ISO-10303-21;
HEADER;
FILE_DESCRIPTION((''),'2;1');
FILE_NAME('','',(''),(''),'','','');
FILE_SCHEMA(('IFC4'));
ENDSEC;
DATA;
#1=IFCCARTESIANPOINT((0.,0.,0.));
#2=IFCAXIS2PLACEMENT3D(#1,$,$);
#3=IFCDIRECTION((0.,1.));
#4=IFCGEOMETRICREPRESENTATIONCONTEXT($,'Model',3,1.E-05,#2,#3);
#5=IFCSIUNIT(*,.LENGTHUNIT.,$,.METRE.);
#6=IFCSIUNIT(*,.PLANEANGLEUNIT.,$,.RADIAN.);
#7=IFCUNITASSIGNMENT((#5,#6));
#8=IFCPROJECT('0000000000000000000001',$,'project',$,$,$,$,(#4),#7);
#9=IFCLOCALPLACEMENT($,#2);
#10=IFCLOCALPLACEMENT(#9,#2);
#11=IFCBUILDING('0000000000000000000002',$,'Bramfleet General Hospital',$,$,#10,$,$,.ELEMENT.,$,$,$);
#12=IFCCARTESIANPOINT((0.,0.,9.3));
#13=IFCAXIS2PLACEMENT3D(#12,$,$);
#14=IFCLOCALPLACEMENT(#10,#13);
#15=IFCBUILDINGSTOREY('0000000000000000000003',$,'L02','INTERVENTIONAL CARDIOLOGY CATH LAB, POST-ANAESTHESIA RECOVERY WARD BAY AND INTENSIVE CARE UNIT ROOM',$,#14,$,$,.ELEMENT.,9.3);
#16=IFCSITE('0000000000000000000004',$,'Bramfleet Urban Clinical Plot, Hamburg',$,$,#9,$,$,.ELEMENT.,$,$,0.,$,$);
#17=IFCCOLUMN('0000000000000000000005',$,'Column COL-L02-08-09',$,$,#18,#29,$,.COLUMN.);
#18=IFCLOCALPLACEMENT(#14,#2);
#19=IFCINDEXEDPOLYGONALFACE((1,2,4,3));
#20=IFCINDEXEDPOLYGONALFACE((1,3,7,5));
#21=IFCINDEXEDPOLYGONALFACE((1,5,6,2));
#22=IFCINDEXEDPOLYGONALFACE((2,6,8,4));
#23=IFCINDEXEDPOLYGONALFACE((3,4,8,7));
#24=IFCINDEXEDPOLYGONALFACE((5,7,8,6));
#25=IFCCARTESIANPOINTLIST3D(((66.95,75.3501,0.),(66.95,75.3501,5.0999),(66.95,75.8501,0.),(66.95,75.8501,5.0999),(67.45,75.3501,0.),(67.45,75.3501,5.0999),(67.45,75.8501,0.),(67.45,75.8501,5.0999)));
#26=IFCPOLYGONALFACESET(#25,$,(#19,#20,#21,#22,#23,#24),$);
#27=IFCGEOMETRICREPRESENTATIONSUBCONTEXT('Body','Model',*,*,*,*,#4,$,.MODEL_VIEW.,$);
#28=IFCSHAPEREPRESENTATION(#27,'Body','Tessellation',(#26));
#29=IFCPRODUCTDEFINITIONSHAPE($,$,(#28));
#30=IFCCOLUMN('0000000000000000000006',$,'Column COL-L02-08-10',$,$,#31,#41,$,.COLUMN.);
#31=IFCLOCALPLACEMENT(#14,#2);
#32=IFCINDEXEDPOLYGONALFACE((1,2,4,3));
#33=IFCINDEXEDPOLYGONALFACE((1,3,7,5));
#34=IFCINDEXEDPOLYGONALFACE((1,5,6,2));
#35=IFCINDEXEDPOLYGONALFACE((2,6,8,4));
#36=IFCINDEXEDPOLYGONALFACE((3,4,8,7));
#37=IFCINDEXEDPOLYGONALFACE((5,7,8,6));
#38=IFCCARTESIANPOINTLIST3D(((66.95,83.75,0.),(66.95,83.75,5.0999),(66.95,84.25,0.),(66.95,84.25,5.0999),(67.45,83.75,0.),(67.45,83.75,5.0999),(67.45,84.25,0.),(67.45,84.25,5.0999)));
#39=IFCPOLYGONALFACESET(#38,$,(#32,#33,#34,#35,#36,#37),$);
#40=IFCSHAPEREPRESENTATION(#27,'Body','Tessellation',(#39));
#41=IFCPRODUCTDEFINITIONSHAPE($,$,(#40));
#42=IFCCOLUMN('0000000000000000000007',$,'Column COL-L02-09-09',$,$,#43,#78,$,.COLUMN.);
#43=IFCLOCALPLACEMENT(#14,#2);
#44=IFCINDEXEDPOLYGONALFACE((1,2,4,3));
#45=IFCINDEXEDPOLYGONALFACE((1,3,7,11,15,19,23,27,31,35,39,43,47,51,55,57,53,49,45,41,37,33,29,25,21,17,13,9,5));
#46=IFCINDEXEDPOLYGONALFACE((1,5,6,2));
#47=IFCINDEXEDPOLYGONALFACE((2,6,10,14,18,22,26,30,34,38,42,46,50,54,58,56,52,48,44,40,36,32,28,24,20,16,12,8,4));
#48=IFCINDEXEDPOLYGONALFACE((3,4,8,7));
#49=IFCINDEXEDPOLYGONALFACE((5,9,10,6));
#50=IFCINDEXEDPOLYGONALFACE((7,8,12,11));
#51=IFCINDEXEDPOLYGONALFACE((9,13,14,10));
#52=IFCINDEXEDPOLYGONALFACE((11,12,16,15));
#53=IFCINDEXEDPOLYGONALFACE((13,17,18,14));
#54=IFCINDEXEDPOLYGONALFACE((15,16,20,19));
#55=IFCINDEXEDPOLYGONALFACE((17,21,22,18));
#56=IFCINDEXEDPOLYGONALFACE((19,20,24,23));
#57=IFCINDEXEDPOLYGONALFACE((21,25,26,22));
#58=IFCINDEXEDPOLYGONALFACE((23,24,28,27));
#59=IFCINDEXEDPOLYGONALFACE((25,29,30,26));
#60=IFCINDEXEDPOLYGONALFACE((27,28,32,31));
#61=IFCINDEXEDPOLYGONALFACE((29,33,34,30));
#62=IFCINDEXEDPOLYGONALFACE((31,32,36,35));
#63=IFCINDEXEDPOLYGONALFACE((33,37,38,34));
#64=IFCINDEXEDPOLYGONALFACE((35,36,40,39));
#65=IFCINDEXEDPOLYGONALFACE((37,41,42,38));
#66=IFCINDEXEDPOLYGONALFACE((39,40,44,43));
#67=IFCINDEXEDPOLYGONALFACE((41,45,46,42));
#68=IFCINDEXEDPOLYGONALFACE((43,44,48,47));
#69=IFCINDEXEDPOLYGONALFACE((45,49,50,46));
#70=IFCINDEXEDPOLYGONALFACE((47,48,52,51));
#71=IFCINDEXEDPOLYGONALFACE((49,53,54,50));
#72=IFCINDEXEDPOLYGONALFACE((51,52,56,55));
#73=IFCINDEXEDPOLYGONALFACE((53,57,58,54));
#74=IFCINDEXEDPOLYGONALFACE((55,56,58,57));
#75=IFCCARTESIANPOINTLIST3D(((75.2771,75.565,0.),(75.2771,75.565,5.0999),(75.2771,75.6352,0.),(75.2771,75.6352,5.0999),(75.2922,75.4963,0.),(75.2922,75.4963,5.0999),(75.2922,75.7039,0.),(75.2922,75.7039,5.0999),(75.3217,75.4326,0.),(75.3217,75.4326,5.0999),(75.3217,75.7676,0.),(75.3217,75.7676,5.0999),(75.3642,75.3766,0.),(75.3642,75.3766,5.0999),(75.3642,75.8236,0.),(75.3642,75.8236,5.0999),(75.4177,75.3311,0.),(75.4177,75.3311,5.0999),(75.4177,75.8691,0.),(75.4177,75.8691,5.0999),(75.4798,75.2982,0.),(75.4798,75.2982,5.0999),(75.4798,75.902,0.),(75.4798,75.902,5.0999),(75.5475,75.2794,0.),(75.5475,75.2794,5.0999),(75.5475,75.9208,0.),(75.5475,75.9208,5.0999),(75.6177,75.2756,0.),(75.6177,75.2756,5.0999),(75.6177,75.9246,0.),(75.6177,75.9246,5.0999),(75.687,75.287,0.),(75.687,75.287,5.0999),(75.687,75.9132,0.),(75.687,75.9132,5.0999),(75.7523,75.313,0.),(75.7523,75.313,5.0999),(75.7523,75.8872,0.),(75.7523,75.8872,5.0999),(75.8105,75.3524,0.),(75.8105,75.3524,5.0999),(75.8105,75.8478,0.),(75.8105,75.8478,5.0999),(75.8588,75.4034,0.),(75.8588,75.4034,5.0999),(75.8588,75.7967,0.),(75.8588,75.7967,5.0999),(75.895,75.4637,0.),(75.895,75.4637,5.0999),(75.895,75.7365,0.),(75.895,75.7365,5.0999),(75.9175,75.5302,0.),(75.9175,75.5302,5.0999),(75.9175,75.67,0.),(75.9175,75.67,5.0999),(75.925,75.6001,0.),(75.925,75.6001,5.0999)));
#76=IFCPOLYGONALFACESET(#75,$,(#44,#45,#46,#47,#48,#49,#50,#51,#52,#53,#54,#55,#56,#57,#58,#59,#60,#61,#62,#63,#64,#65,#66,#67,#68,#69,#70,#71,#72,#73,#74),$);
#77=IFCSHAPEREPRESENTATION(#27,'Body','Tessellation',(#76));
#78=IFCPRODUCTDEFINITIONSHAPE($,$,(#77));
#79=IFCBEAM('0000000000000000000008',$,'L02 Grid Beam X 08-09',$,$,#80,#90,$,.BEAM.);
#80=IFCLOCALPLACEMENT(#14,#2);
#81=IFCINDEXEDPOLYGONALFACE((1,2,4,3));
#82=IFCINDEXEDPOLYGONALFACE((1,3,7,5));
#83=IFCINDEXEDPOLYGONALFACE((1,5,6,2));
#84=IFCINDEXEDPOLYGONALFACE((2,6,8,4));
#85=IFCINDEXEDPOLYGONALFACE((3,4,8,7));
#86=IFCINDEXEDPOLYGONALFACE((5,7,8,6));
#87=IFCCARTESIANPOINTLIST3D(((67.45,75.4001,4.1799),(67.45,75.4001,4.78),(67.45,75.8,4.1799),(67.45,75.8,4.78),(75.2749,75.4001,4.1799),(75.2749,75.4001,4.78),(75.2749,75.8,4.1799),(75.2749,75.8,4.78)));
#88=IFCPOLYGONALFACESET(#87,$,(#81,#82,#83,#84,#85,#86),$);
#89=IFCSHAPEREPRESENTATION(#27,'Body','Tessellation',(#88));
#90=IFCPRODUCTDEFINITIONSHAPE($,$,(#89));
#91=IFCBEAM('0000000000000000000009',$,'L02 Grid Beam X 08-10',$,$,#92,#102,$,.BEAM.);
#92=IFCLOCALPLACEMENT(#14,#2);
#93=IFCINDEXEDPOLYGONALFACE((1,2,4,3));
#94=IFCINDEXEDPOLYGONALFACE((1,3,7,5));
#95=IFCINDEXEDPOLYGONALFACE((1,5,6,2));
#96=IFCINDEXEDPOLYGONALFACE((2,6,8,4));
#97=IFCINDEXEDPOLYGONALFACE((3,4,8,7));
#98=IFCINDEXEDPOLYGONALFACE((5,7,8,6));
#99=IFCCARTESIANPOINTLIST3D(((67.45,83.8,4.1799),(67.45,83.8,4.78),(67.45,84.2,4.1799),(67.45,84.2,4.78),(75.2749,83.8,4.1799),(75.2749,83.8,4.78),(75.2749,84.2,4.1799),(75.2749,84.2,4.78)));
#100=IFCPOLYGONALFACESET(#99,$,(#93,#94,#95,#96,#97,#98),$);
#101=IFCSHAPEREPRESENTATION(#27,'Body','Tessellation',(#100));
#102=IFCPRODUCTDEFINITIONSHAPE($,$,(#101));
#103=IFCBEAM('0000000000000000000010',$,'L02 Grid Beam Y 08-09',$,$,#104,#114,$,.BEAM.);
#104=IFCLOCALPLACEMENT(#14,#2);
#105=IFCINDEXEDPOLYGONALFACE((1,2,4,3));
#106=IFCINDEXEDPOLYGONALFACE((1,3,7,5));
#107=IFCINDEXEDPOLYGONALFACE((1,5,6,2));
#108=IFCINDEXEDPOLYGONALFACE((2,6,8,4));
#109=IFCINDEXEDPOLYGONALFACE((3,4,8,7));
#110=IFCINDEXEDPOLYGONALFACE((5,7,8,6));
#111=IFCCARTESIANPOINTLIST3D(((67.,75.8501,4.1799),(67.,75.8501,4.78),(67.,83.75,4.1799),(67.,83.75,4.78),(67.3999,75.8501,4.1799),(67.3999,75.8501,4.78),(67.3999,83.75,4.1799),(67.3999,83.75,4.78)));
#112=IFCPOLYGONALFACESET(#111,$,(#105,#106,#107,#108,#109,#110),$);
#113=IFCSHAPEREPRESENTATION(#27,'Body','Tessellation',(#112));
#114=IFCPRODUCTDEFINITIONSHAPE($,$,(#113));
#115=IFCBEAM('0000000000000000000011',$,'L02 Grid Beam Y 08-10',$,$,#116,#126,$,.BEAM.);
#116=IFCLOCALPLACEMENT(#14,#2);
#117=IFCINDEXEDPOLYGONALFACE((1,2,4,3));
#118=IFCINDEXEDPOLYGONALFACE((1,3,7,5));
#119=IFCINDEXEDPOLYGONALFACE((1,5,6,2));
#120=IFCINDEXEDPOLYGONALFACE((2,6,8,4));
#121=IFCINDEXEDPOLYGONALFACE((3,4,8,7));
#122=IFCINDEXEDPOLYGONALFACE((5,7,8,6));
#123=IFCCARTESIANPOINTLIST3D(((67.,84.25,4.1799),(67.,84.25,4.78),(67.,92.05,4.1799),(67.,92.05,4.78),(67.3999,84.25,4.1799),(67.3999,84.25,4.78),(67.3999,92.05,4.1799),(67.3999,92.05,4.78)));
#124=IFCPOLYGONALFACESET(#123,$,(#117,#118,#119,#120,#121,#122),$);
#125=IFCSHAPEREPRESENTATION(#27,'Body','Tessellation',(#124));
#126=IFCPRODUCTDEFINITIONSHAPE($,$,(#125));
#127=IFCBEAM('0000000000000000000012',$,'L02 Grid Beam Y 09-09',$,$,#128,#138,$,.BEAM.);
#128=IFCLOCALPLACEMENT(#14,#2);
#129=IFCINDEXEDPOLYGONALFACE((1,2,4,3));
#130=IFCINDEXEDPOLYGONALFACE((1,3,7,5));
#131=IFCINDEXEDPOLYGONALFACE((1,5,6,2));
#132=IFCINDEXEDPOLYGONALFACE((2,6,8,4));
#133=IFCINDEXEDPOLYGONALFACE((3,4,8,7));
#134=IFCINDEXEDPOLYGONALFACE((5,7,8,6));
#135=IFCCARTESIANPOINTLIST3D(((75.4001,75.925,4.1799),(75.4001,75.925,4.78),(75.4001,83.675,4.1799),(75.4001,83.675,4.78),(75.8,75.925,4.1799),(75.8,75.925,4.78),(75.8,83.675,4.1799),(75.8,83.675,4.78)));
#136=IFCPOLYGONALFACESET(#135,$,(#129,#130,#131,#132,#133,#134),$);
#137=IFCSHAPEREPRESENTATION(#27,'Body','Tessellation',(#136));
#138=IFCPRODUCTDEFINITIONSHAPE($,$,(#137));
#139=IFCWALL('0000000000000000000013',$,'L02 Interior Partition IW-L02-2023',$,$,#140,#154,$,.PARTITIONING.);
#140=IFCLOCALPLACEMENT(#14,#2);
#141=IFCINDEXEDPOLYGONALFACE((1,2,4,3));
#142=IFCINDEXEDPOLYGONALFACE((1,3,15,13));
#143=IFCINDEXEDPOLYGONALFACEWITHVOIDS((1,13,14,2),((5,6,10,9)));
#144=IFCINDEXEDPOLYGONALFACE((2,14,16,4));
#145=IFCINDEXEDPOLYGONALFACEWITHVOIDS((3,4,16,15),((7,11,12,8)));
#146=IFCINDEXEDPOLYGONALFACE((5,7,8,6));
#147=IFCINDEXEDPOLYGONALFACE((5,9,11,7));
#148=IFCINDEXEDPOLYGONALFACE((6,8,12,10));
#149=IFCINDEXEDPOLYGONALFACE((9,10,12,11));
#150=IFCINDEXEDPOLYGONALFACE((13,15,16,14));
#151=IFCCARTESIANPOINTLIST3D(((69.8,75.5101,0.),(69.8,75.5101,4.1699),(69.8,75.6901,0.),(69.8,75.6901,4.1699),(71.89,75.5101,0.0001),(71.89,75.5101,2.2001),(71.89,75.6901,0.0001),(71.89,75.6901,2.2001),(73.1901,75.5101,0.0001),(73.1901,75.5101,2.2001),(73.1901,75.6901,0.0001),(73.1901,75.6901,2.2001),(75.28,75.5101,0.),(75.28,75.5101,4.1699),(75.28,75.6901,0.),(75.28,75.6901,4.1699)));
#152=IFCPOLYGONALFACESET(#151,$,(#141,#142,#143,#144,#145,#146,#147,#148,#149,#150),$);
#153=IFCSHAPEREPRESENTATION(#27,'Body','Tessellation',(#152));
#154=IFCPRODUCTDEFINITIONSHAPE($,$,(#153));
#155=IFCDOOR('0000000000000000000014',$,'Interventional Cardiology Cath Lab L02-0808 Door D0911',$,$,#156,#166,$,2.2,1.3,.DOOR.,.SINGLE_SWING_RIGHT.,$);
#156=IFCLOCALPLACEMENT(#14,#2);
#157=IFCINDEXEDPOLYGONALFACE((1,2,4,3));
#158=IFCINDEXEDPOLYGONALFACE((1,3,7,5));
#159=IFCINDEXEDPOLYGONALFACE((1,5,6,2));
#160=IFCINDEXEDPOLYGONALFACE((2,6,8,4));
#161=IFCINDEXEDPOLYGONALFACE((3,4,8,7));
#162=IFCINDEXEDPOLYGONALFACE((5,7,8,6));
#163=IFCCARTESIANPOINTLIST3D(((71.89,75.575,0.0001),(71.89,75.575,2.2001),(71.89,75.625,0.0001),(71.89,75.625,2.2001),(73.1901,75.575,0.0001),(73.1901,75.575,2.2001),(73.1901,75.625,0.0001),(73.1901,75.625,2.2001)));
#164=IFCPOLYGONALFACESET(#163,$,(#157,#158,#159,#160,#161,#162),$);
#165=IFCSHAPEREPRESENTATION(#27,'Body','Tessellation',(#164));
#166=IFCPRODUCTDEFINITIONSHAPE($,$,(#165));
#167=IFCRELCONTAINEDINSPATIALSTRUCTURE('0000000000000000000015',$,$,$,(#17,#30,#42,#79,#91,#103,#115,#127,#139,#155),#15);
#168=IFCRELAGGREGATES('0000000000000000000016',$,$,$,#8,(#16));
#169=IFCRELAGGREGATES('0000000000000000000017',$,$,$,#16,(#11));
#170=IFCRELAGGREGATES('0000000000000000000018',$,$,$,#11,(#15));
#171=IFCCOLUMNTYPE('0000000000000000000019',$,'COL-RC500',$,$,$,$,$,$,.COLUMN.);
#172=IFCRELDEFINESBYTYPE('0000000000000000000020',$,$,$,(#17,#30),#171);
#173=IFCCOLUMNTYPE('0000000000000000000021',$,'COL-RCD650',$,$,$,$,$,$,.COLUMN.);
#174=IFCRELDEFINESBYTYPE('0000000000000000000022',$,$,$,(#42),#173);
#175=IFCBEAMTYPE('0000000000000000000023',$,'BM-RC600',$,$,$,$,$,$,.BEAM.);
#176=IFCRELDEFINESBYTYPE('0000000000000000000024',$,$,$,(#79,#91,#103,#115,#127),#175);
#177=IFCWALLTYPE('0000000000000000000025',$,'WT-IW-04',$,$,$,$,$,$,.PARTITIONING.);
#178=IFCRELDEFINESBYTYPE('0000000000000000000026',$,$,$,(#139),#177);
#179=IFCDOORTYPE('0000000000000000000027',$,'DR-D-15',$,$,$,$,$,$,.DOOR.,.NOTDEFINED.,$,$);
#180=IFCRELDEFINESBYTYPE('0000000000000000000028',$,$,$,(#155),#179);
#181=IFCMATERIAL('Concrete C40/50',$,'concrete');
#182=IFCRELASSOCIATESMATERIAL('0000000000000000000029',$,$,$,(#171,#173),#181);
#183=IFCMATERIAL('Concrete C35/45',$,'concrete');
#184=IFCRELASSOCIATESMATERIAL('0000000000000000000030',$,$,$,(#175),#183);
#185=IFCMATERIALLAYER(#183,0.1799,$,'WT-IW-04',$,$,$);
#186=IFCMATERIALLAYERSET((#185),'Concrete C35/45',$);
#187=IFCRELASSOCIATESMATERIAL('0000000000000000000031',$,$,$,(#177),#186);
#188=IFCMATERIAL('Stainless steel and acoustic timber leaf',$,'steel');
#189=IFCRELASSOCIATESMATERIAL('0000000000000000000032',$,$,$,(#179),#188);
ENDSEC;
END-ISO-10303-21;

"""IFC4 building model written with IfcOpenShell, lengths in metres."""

from ifc_helpers import new_model, si_unit, direction, frame, frame_2d, origin, origin_2d, place, context, subcontext, project, spatial, rectangle, circle, extrude, material, layer, layer_set, material_profile, profile_set, type_object, element, fill, save


model = new_model("IFC4")

# Units and contexts
model_context = context("Model", 3, precision=1e-05, world=origin(), true_north=direction((0.0, 1.0)))
body_context = subcontext(model_context, "Body", "Model", "MODEL_VIEW")
ifc_project = project(units=[si_unit("LENGTHUNIT", "METRE"), si_unit("PLANEANGLEUNIT", "RADIAN")], contexts=[model_context])

# Site, building, storey
site_placement = place(None, origin())
site = spatial("IfcSite", under=ifc_project, at=site_placement, Name="Bramfleet Urban Clinical Plot, Hamburg", CompositionType="ELEMENT", RefElevation=0.0)
building_placement = place(site_placement, origin())
building = spatial("IfcBuilding", under=site, at=building_placement, Name="Bramfleet General Hospital", CompositionType="ELEMENT")
storey_placement = place(building_placement, frame((0.0, 0.0, 9.3)))
storey = spatial("IfcBuildingStorey", under=building, at=storey_placement, Name="L02", Description="INTERVENTIONAL CARDIOLOGY CATH LAB, POST-ANAESTHESIA RECOVERY WARD BAY AND INTENSIVE CARE UNIT ROOM", CompositionType="ELEMENT", Elevation=9.3)

# Columns
ifc_material_1 = material(Name="Concrete C40/50", Category="concrete")
ifc_material_profile_1 = material_profile(ifc_material_1, rectangle(XDim=0.5, YDim=0.5, at=origin_2d()), Name="RC COL 500x500")
ifc_profile_set_1 = profile_set([ifc_material_profile_1], Name="Concrete C40/50")
column_type_1 = type_object("IfcColumnType", Name="COL-RC500", PredefinedType="COLUMN", material=ifc_profile_set_1)
for number, where, z_axis, x_axis, name in (
    (1, (67.2, 75.6001, 0.0), (0.0, 0.0, 1.0), (1.0, 0.0, 0.0), "Column COL-L02-08-09"),
    (2, (67.2, 84.0, 0.0), (0.0, 0.0, 1.0), (1.0, 0.0, 0.0), "Column COL-L02-08-10"),
):
    element("IfcColumn", number, at=place(storey_placement, frame(where, z_axis=z_axis, x_axis=x_axis)), inside=storey, type_object=column_type_1, Name=name, PredefinedType="COLUMN", context=body_context, shape_type="SweptSolid", body=[
        extrude(rectangle(XDim=0.5, YDim=0.5, at=origin_2d()), origin(), (0.0, 0.0, 1.0), 5.0999),
    ])
ifc_material_profile_2 = material_profile(ifc_material_1, circle(Radius=0.325, at=origin_2d()), Name="RC ROUND D650")
ifc_profile_set_2 = profile_set([ifc_material_profile_2], Name="Concrete C40/50")
column_type_2 = type_object("IfcColumnType", Name="COL-RCD650", PredefinedType="COLUMN", material=ifc_profile_set_2)
column_placement = place(storey_placement, frame((75.6001, 75.6001, 0.0), z_axis=(0.0, 0.0, 1.0), x_axis=(1.0, 0.0, 0.0)))
element("IfcColumn", 3, at=column_placement, inside=storey, type_object=column_type_2, Name="Column COL-L02-09-09", PredefinedType="COLUMN", context=body_context, shape_type="SweptSolid", body=[
    extrude(circle(Radius=0.325, at=origin_2d()), origin(), (0.0, 0.0, 1.0), 5.0999),
])

# Beams
ifc_material_2 = material(Name="Concrete C35/45", Category="concrete")
ifc_material_profile_3 = material_profile(ifc_material_2, rectangle(XDim=0.3999, YDim=0.6001, at=origin_2d()), Name="RC BM 600x400")
ifc_profile_set_3 = profile_set([ifc_material_profile_3], Name="Concrete C35/45")
beam_type = type_object("IfcBeamType", Name="BM-RC600", PredefinedType="BEAM", material=ifc_profile_set_3)
for number, where, z_axis, x_axis, name in (
    (4, (67.45, 75.6001, 4.48), (1.0, 0.0, 0.0), (0.0, 1.0, 0.0), "L02 Grid Beam X 08-09"),
    (5, (67.45, 84.0, 4.48), (1.0, 0.0, 0.0), (0.0, 1.0, 0.0), "L02 Grid Beam X 08-10"),
):
    element("IfcBeam", number, at=place(storey_placement, frame(where, z_axis=z_axis, x_axis=x_axis)), inside=storey, type_object=beam_type, Name=name, PredefinedType="BEAM", context=body_context, shape_type="SweptSolid", body=[
        extrude(rectangle(XDim=0.3999, YDim=0.6001, at=origin_2d()), origin(), (0.0, 0.0, 1.0), 7.825),
    ])
beam_1_placement = place(storey_placement, frame((67.2, 75.8501, 4.48), z_axis=(0.0, 1.0, 0.0), x_axis=(-1.0, 0.0, 0.0)))
element("IfcBeam", 6, at=beam_1_placement, inside=storey, type_object=beam_type, Name="L02 Grid Beam Y 08-09", PredefinedType="BEAM", context=body_context, shape_type="SweptSolid", body=[
    extrude(rectangle(XDim=0.3999, YDim=0.6001, at=origin_2d()), origin(), (0.0, 0.0, 1.0), 7.8999),
])
beam_2_placement = place(storey_placement, frame((67.2, 84.25, 4.48), z_axis=(0.0, 1.0, 0.0), x_axis=(-1.0, 0.0, 0.0)))
element("IfcBeam", 7, at=beam_2_placement, inside=storey, type_object=beam_type, Name="L02 Grid Beam Y 08-10", PredefinedType="BEAM", context=body_context, shape_type="SweptSolid", body=[
    extrude(rectangle(XDim=0.3999, YDim=0.6001, at=origin_2d()), origin(), (0.0, 0.0, 1.0), 7.8),
])
beam_3_placement = place(storey_placement, frame((75.6001, 75.925, 4.48), z_axis=(0.0, 1.0, 0.0), x_axis=(-1.0, 0.0, 0.0)))
element("IfcBeam", 8, at=beam_3_placement, inside=storey, type_object=beam_type, Name="L02 Grid Beam Y 09-09", PredefinedType="BEAM", context=body_context, shape_type="SweptSolid", body=[
    extrude(rectangle(XDim=0.3999, YDim=0.6001, at=origin_2d()), origin(), (0.0, 0.0, 1.0), 7.75),
])

# Wall, opening, door
ifc_layer_1 = layer(ifc_material_2, 0.1799, Name="WT-IW-04")
ifc_layer_set_1 = layer_set([ifc_layer_1], Name="Concrete C35/45")
wall_type_1 = type_object("IfcWallType", Name="WT-IW-04", PredefinedType="PARTITIONING", material=ifc_layer_set_1)
wall_1_placement = place(storey_placement, frame((69.8, 75.6001, 0.0), z_axis=(0.0, 0.0, 1.0), x_axis=(1.0, 0.0, 0.0)))
wall_1 = element("IfcWall", 9, at=wall_1_placement, inside=storey, type_object=wall_type_1, Name="L02 Interior Partition IW-L02-2023", PredefinedType="PARTITIONING", context=body_context, shape_type="SweptSolid", body=[
    extrude(rectangle(XDim=5.48, YDim=0.1799, at=frame_2d((2.74, 0.0))), origin(), (0.0, 0.0, 1.0), 4.1699),
])
opening_1_placement = place(wall_1_placement, frame((2.0901, 0.0, 0.0)))
opening_1 = element("IfcOpeningElement", 10, at=opening_1_placement, cuts=wall_1, PredefinedType="OPENING", context=body_context, shape_type="SweptSolid", body=[
    extrude(rectangle(XDim=1.3, YDim=2.2, at=frame_2d((0.6499, 1.1001))), frame((0.0, 0.0999, 0.0), z_axis=(0.0, -1.0, 0.0), x_axis=(1.0, 0.0, 0.0)), (0.0, 0.0, 1.0), 0.2),
])
ifc_material_3 = material(Name="Stainless steel and acoustic timber leaf", Category="steel")
door_type_1 = type_object("IfcDoorType", Name="DR-D-15", OperationType="NOTDEFINED", PredefinedType="DOOR", material=ifc_material_3)
door_1_placement = place(opening_1_placement, origin())
door_1 = element("IfcDoor", 11, at=door_1_placement, inside=storey, type_object=door_type_1, Name="Interventional Cardiology Cath Lab L02-0808 Door D0911", OperationType="SINGLE_SWING_RIGHT", OverallHeight=2.2, OverallWidth=1.3, PredefinedType="DOOR", context=body_context, shape_type="SweptSolid", body=[
    extrude(rectangle(XDim=1.3, YDim=2.2, at=frame_2d((0.6499, 1.1001))), frame((0.0, 0.0249, 0.0), z_axis=(0.0, -1.0, 0.0), x_axis=(1.0, 0.0, 0.0)), (0.0, 0.0, 1.0), 0.05),
])
fill(opening_1, door_1)

save(model, "model.ifc")
